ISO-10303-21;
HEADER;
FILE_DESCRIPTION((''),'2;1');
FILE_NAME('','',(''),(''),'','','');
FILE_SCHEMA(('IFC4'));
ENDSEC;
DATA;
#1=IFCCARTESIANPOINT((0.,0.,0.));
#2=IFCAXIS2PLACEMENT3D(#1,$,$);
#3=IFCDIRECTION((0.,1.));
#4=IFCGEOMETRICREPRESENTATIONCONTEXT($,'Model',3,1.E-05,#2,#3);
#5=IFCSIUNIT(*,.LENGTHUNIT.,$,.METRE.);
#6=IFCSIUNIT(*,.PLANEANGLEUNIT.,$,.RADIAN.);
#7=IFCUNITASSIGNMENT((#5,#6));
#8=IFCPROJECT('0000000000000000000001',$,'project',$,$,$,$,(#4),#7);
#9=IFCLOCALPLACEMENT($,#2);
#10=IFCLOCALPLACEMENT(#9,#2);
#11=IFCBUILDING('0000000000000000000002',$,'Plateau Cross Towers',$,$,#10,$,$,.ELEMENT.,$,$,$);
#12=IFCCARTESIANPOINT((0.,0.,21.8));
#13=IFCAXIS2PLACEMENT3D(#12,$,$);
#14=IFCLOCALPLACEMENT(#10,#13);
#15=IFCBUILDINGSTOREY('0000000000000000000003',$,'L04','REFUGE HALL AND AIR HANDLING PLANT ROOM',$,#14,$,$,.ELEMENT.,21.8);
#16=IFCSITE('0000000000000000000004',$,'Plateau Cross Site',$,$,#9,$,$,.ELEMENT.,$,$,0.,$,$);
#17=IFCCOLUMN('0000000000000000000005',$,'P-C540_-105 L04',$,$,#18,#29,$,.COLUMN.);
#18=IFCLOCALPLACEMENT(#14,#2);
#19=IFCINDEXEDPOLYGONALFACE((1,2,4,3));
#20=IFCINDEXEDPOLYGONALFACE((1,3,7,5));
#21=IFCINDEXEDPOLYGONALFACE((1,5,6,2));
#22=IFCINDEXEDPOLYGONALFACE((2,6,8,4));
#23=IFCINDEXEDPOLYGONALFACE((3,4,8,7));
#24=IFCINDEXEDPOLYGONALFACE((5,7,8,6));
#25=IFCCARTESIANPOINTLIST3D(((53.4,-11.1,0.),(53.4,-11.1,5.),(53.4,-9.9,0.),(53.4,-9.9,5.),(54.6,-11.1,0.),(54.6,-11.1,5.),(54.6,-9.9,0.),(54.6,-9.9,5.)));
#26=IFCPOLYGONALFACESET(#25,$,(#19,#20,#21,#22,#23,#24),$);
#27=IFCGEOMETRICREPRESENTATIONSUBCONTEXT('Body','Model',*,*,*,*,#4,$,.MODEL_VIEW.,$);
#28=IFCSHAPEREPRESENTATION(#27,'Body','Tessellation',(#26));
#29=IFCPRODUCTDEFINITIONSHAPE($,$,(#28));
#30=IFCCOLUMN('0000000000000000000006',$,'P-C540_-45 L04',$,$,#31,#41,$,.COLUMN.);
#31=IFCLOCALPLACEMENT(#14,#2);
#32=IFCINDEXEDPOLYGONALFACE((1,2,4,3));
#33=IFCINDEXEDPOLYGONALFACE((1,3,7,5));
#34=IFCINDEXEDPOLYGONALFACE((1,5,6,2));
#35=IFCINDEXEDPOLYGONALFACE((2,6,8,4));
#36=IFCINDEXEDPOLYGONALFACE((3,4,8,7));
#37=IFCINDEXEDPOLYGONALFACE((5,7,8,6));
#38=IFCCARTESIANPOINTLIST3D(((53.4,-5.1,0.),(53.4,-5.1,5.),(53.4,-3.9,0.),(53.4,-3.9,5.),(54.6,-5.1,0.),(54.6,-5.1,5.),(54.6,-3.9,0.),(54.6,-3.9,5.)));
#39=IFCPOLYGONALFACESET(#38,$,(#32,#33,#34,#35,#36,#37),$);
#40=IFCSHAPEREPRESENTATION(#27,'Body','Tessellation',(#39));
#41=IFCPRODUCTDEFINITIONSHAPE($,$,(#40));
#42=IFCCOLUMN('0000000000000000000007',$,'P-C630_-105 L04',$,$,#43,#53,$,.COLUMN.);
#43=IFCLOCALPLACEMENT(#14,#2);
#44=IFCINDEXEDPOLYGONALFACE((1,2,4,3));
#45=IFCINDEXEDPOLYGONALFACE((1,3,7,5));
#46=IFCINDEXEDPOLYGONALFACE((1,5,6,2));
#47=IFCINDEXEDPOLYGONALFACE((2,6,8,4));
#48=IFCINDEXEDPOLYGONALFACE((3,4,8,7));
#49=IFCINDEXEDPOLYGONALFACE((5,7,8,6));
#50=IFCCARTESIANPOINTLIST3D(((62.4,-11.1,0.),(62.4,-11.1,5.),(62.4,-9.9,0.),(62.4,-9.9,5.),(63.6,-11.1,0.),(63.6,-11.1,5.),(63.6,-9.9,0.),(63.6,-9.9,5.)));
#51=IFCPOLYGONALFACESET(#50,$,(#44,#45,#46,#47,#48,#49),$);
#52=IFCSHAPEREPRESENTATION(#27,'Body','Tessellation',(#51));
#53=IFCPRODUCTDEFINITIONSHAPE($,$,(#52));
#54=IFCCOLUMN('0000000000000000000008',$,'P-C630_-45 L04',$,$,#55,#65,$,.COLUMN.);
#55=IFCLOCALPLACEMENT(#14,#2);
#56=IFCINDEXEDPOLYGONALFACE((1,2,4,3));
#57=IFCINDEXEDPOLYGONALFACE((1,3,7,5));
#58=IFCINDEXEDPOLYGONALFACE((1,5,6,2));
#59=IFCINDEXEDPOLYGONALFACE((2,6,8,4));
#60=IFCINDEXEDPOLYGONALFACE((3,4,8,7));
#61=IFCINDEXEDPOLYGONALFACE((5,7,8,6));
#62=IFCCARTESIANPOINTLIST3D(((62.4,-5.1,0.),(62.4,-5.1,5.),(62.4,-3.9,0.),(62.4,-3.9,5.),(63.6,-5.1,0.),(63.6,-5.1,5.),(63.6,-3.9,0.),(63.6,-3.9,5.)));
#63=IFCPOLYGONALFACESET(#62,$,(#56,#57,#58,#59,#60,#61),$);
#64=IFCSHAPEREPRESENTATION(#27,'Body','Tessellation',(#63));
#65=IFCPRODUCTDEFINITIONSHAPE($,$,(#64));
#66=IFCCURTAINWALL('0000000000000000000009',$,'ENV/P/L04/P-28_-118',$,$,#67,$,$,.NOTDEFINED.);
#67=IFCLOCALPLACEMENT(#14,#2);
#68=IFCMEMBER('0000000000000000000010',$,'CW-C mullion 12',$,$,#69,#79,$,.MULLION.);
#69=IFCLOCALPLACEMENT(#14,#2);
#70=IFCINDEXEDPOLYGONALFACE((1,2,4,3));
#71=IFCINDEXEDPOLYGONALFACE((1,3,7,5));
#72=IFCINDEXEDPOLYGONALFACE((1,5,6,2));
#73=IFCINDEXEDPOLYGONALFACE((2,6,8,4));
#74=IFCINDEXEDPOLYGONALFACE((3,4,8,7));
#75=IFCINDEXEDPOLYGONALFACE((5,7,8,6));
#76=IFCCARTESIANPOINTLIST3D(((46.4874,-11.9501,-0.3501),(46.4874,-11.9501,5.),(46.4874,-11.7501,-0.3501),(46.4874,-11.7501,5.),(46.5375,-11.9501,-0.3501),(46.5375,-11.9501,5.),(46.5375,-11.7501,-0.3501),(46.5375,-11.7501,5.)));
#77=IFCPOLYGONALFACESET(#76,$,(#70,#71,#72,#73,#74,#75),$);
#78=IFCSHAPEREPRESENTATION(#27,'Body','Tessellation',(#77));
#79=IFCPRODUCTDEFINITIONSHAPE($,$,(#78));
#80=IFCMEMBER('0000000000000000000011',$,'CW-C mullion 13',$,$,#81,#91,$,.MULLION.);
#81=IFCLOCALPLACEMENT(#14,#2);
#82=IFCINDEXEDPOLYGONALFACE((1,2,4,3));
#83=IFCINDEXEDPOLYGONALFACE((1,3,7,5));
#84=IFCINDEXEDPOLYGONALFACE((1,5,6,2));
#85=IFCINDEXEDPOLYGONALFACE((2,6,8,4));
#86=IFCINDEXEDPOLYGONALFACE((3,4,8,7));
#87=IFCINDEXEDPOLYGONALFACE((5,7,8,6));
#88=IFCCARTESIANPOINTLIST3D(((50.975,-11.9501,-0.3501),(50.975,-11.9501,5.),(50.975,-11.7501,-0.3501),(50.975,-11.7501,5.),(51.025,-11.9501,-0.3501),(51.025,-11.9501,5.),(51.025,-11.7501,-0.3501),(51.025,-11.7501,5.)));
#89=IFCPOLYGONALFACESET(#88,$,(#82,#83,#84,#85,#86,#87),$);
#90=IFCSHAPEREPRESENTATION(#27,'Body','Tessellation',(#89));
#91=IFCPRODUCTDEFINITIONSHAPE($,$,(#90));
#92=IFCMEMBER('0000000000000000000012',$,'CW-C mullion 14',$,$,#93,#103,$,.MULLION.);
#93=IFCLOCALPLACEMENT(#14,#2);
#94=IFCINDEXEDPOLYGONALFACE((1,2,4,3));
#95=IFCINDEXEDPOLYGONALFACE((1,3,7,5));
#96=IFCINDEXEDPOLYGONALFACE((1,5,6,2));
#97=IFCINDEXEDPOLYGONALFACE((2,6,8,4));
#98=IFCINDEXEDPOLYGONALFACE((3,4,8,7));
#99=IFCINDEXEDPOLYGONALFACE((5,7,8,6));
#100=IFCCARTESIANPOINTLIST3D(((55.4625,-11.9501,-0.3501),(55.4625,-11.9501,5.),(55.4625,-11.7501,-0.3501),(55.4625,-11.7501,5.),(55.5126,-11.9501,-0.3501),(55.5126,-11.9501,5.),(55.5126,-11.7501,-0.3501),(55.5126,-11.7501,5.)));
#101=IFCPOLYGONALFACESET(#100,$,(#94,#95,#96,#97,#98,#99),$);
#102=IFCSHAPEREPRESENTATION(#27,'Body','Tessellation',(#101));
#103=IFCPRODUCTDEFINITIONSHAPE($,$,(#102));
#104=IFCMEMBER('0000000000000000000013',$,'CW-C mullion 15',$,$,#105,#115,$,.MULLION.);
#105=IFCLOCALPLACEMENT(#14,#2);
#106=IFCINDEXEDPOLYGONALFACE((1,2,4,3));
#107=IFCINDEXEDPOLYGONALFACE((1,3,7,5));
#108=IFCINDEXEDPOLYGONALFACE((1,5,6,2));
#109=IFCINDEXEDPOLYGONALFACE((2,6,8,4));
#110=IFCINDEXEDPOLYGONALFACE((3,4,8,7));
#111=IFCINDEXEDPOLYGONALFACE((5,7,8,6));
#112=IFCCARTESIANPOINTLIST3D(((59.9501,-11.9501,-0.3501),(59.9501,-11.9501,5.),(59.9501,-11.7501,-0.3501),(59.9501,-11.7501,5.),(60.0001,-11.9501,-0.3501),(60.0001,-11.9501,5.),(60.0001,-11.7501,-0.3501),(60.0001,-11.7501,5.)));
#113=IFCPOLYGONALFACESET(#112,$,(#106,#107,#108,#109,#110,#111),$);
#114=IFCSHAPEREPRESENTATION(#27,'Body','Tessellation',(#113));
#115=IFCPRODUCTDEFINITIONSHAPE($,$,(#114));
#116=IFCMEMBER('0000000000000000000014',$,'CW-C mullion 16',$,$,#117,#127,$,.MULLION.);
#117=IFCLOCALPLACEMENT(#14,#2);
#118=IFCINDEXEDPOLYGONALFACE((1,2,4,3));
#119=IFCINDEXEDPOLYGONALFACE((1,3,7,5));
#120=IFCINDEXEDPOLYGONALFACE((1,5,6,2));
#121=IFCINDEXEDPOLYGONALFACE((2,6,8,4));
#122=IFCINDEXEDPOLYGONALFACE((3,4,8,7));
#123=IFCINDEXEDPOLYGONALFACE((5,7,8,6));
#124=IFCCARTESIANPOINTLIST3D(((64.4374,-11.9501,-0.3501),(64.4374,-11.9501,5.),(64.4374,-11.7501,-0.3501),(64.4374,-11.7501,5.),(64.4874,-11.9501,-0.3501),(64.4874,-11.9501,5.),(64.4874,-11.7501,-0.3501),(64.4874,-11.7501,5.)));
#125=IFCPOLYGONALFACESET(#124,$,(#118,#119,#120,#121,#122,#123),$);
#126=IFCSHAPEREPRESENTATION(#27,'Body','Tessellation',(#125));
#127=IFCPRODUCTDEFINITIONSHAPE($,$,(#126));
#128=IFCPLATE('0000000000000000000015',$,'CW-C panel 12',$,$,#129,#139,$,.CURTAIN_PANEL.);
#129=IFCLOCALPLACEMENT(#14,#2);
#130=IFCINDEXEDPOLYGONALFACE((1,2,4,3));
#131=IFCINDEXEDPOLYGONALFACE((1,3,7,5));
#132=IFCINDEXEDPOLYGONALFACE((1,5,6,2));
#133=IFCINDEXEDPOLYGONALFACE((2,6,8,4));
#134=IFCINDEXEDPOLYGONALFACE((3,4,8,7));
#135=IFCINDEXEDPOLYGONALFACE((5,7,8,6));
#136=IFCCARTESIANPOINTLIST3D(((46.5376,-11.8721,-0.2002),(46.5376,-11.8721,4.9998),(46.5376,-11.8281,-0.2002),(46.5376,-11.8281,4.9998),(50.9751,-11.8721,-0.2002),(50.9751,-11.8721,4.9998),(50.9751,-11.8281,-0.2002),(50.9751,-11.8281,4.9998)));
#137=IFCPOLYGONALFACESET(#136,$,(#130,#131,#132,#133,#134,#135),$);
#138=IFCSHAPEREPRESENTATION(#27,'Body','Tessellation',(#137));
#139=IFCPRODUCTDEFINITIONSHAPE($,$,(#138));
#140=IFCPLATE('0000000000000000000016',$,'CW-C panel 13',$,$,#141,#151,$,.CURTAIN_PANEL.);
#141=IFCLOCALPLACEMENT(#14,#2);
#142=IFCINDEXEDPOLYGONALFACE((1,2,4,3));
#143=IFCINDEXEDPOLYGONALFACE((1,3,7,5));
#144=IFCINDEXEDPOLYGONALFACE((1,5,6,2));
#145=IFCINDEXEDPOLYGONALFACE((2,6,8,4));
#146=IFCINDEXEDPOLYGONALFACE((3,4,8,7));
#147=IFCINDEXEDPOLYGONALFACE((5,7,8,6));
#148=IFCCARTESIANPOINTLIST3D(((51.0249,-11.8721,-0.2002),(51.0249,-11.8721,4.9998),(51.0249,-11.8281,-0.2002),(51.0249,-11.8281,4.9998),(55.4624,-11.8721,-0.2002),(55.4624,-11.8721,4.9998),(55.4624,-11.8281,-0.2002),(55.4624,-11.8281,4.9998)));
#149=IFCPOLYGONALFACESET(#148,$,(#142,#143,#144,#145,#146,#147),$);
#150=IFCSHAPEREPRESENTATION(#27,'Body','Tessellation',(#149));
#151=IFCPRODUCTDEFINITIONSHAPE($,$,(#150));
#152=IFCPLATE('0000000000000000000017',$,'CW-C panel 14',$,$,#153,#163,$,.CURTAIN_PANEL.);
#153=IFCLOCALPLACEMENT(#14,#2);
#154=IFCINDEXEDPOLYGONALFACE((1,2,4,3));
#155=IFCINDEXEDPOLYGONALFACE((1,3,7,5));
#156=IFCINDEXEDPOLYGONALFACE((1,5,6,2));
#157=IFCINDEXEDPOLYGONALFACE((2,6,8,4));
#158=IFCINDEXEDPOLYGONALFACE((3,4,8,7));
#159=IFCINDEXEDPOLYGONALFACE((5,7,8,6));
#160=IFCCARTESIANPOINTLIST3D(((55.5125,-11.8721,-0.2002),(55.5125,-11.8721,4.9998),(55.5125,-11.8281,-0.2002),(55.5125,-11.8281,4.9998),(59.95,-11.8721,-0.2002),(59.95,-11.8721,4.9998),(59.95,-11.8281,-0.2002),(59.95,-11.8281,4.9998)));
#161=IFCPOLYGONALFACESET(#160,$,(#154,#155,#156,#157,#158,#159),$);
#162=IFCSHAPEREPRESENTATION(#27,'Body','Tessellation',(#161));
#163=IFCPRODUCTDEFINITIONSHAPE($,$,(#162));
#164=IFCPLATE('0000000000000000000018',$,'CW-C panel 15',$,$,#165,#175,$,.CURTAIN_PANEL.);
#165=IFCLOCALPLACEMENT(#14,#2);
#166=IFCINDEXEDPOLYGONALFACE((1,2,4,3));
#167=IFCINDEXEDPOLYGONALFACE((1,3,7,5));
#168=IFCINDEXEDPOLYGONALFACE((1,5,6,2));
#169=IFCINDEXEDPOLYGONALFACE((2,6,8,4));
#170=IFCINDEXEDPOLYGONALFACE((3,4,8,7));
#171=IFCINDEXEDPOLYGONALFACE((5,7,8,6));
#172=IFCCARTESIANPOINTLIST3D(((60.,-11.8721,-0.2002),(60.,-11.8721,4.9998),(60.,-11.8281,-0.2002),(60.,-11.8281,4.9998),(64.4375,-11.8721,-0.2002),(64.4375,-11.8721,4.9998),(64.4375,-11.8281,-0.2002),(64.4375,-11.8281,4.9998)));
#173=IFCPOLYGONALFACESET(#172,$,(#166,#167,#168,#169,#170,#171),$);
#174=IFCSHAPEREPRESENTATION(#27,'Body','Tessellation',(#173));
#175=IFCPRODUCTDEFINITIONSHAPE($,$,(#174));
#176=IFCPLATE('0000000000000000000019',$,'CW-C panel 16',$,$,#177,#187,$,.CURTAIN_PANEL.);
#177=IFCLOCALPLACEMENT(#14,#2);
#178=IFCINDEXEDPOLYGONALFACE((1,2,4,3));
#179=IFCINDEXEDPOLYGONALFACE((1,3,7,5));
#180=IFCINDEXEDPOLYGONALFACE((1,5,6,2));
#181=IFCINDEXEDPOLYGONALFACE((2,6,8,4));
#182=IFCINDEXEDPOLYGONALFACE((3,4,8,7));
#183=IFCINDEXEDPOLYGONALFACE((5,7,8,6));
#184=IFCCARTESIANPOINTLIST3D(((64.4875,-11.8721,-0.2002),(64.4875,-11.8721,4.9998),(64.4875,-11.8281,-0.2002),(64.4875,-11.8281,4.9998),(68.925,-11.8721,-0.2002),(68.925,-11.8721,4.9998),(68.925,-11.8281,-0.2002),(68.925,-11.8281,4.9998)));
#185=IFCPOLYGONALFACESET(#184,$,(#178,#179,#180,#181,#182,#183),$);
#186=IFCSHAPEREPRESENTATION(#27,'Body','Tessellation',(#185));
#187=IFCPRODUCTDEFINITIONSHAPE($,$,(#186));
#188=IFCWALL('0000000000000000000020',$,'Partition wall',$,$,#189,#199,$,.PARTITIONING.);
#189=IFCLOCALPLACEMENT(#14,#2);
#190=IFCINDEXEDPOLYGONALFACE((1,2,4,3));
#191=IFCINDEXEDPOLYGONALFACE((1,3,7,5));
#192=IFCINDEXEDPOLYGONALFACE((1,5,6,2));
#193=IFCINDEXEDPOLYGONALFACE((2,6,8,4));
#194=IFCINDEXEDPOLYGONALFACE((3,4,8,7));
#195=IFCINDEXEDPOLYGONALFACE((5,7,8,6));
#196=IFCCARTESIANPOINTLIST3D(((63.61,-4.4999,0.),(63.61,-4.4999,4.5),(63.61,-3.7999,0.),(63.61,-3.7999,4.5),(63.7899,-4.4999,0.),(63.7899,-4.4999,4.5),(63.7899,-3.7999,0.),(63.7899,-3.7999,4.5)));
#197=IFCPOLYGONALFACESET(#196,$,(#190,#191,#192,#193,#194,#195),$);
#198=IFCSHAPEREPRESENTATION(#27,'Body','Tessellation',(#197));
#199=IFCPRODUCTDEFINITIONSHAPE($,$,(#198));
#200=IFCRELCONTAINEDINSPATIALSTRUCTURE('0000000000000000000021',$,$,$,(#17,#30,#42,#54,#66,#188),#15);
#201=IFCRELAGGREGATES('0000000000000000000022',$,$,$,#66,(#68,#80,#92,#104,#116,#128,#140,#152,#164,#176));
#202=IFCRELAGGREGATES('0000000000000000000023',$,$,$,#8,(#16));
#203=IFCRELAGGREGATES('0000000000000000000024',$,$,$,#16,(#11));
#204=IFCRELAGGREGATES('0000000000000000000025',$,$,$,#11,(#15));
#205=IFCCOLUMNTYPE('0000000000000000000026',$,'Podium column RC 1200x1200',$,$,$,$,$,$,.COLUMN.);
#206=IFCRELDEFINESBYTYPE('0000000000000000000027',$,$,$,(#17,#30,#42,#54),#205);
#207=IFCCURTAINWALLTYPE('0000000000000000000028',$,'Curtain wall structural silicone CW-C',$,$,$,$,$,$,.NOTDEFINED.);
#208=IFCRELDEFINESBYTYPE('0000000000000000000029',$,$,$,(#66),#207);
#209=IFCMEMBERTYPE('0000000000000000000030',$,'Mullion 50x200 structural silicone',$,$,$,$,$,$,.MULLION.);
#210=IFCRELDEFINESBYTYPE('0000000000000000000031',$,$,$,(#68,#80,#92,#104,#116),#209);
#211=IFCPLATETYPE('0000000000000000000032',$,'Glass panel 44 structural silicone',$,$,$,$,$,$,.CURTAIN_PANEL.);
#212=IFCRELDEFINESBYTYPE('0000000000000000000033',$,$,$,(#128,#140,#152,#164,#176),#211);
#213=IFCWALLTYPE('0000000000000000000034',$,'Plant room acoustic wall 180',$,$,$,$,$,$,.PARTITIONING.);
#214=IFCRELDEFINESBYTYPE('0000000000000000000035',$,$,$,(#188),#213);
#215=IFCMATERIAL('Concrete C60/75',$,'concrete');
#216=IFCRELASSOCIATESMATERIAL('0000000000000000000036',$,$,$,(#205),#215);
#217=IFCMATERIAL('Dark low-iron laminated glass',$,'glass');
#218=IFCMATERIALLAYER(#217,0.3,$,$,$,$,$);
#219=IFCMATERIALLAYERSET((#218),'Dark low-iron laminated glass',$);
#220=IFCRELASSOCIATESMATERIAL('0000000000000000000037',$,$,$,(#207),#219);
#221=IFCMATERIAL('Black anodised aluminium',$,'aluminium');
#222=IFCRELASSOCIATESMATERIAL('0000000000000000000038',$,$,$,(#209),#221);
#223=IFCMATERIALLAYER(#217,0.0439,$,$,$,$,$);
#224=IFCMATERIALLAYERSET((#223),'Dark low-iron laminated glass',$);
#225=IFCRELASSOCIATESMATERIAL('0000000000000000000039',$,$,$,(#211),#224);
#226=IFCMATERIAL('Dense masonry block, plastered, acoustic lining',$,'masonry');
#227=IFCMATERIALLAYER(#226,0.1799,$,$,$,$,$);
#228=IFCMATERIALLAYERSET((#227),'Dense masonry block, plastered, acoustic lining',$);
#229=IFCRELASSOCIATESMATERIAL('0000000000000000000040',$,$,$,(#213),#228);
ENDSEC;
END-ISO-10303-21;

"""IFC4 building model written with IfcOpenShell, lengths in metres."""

from ifc_helpers import new_model, si_unit, direction, frame, frame_2d, origin, origin_2d, place, context, subcontext, project, spatial, rectangle, extrude, material, layer, layer_set, material_profile, profile_set, type_object, element, aggregate, save


model = new_model("IFC4")

# Units and contexts
model_context = context("Model", 3, precision=1e-05, world=origin(), true_north=direction((0.0, 1.0)))
body_context = subcontext(model_context, "Body", "Model", "MODEL_VIEW")
ifc_project = project(units=[si_unit("LENGTHUNIT", "METRE"), si_unit("PLANEANGLEUNIT", "RADIAN")], contexts=[model_context])

# Site, building, storey
site_placement = place(None, origin())
site = spatial("IfcSite", under=ifc_project, at=site_placement, Name="Plateau Cross Site", CompositionType="ELEMENT", RefElevation=0.0)
building_placement = place(site_placement, origin())
building = spatial("IfcBuilding", under=site, at=building_placement, Name="Plateau Cross Towers", CompositionType="ELEMENT")
storey_placement = place(building_placement, frame((0.0, 0.0, 21.8)))
storey = spatial("IfcBuildingStorey", under=building, at=storey_placement, Name="L04", Description="REFUGE HALL AND AIR HANDLING PLANT ROOM", CompositionType="ELEMENT", Elevation=21.8)

# Columns
ifc_material_1 = material(Name="Concrete C60/75", Category="concrete")
ifc_material_profile_1 = material_profile(ifc_material_1, rectangle(XDim=1.2, YDim=1.2, at=origin_2d()), Name="RC 1200x1200")
ifc_profile_set_1 = profile_set([ifc_material_profile_1], Name="Concrete C60/75")
column_type = type_object("IfcColumnType", Name="Podium column RC 1200x1200", PredefinedType="COLUMN", material=ifc_profile_set_1)
for number, where, z_axis, x_axis, name in (
    (1, (54.0, -10.5, 0.0), (0.0, 0.0, 1.0), (1.0, 0.0, 0.0), "P-C540_-105 L04"),
    (2, (54.0, -4.5, 0.0), (0.0, 0.0, 1.0), (1.0, 0.0, 0.0), "P-C540_-45 L04"),
    (3, (63.0, -10.5, 0.0), (0.0, 0.0, 1.0), (1.0, 0.0, 0.0), "P-C630_-105 L04"),
    (4, (63.0, -4.5, 0.0), (0.0, 0.0, 1.0), (1.0, 0.0, 0.0), "P-C630_-45 L04"),
):
    element("IfcColumn", number, at=place(storey_placement, frame(where, z_axis=z_axis, x_axis=x_axis)), inside=storey, type_object=column_type, Name=name, PredefinedType="COLUMN", context=body_context, shape_type="SweptSolid", body=[
        extrude(rectangle(XDim=1.2, YDim=1.2, at=origin_2d()), origin(), (0.0, 0.0, 1.0), 5.0),
    ])

# Curtain wall, members, plates
ifc_material_2 = material(Name="Dark low-iron laminated glass", Category="glass")
ifc_layer_1 = layer(ifc_material_2, 0.3)
ifc_layer_set_1 = layer_set([ifc_layer_1], Name="Dark low-iron laminated glass")
curtain_wall_type = type_object("IfcCurtainWallType", Name="Curtain wall structural silicone CW-C", PredefinedType="NOTDEFINED", material=ifc_layer_set_1)
curtain_wall_placement = place(storey_placement, origin())
curtain_wall = element("IfcCurtainWall", 5, at=curtain_wall_placement, inside=storey, type_object=curtain_wall_type, Name="ENV/P/L04/P-28_-118", PredefinedType="NOTDEFINED")
ifc_material_3 = material(Name="Black anodised aluminium", Category="aluminium")
ifc_material_profile_2 = material_profile(ifc_material_3, rectangle(XDim=0.05, YDim=0.2, at=origin_2d()), Name="MULLION 50x200")
ifc_profile_set_2 = profile_set([ifc_material_profile_2], Name="Black anodised aluminium")
member_type = type_object("IfcMemberType", Name="Mullion 50x200 structural silicone", PredefinedType="MULLION", material=ifc_profile_set_2)
member_1_placement = place(storey_placement, frame((46.5125, -11.8501, -0.3501), z_axis=(0.0, 0.0, 1.0), x_axis=(1.0, 0.0, 0.0)))
member_1 = element("IfcMember", 6, at=member_1_placement, type_object=member_type, Name="CW-C mullion 12", PredefinedType="MULLION", context=body_context, shape_type="SweptSolid", body=[
    extrude(rectangle(XDim=0.05, YDim=0.2, at=origin_2d()), origin(), (0.0, 0.0, 1.0), 5.3501),
])
member_2_placement = place(storey_placement, frame((51.0, -11.8501, -0.3501), z_axis=(0.0, 0.0, 1.0), x_axis=(1.0, 0.0, 0.0)))
member_2 = element("IfcMember", 7, at=member_2_placement, type_object=member_type, Name="CW-C mullion 13", PredefinedType="MULLION", context=body_context, shape_type="SweptSolid", body=[
    extrude(rectangle(XDim=0.05, YDim=0.2, at=origin_2d()), origin(), (0.0, 0.0, 1.0), 5.3501),
])
member_3_placement = place(storey_placement, frame((55.4875, -11.8501, -0.3501), z_axis=(0.0, 0.0, 1.0), x_axis=(1.0, 0.0, 0.0)))
member_3 = element("IfcMember", 8, at=member_3_placement, type_object=member_type, Name="CW-C mullion 14", PredefinedType="MULLION", context=body_context, shape_type="SweptSolid", body=[
    extrude(rectangle(XDim=0.05, YDim=0.2, at=origin_2d()), origin(), (0.0, 0.0, 1.0), 5.3501),
])
member_4_placement = place(storey_placement, frame((59.9751, -11.8501, -0.3501), z_axis=(0.0, 0.0, 1.0), x_axis=(1.0, 0.0, 0.0)))
member_4 = element("IfcMember", 9, at=member_4_placement, type_object=member_type, Name="CW-C mullion 15", PredefinedType="MULLION", context=body_context, shape_type="SweptSolid", body=[
    extrude(rectangle(XDim=0.05, YDim=0.2, at=origin_2d()), origin(), (0.0, 0.0, 1.0), 5.3501),
])
member_5_placement = place(storey_placement, frame((64.4624, -11.8501, -0.3501), z_axis=(0.0, 0.0, 1.0), x_axis=(1.0, 0.0, 0.0)))
member_5 = element("IfcMember", 10, at=member_5_placement, type_object=member_type, Name="CW-C mullion 16", PredefinedType="MULLION", context=body_context, shape_type="SweptSolid", body=[
    extrude(rectangle(XDim=0.05, YDim=0.2, at=origin_2d()), origin(), (0.0, 0.0, 1.0), 5.3501),
])
ifc_layer_2 = layer(ifc_material_2, 0.0439)
ifc_layer_set_2 = layer_set([ifc_layer_2], Name="Dark low-iron laminated glass")
plate_type = type_object("IfcPlateType", Name="Glass panel 44 structural silicone", PredefinedType="CURTAIN_PANEL", material=ifc_layer_set_2)
plate_1_placement = place(storey_placement, frame((48.7563, -11.8501, -0.2002), z_axis=(0.0, 0.0, 1.0), x_axis=(1.0, 0.0, 0.0)))
plate_1 = element("IfcPlate", 11, at=plate_1_placement, type_object=plate_type, Name="CW-C panel 12", PredefinedType="CURTAIN_PANEL", context=body_context, shape_type="SweptSolid", body=[
    extrude(rectangle(XDim=4.4375, YDim=0.0439, at=origin_2d()), origin(), (0.0, 0.0, 1.0), 5.2),
])
plate_2_placement = place(storey_placement, frame((53.2437, -11.8501, -0.2002), z_axis=(0.0, 0.0, 1.0), x_axis=(1.0, 0.0, 0.0)))
plate_2 = element("IfcPlate", 12, at=plate_2_placement, type_object=plate_type, Name="CW-C panel 13", PredefinedType="CURTAIN_PANEL", context=body_context, shape_type="SweptSolid", body=[
    extrude(rectangle(XDim=4.4375, YDim=0.0439, at=origin_2d()), origin(), (0.0, 0.0, 1.0), 5.2),
])
plate_3_placement = place(storey_placement, frame((57.7312, -11.8501, -0.2002), z_axis=(0.0, 0.0, 1.0), x_axis=(1.0, 0.0, 0.0)))
plate_3 = element("IfcPlate", 13, at=plate_3_placement, type_object=plate_type, Name="CW-C panel 14", PredefinedType="CURTAIN_PANEL", context=body_context, shape_type="SweptSolid", body=[
    extrude(rectangle(XDim=4.4375, YDim=0.0439, at=origin_2d()), origin(), (0.0, 0.0, 1.0), 5.2),
])
plate_4_placement = place(storey_placement, frame((62.2188, -11.8501, -0.2002), z_axis=(0.0, 0.0, 1.0), x_axis=(1.0, 0.0, 0.0)))
plate_4 = element("IfcPlate", 14, at=plate_4_placement, type_object=plate_type, Name="CW-C panel 15", PredefinedType="CURTAIN_PANEL", context=body_context, shape_type="SweptSolid", body=[
    extrude(rectangle(XDim=4.4375, YDim=0.0439, at=origin_2d()), origin(), (0.0, 0.0, 1.0), 5.2),
])
plate_5_placement = place(storey_placement, frame((66.7063, -11.8501, -0.2002), z_axis=(0.0, 0.0, 1.0), x_axis=(1.0, 0.0, 0.0)))
plate_5 = element("IfcPlate", 15, at=plate_5_placement, type_object=plate_type, Name="CW-C panel 16", PredefinedType="CURTAIN_PANEL", context=body_context, shape_type="SweptSolid", body=[
    extrude(rectangle(XDim=4.4375, YDim=0.0439, at=origin_2d()), origin(), (0.0, 0.0, 1.0), 5.2),
])
aggregate(curtain_wall, [member_1, member_2, member_3, member_4, member_5, plate_1, plate_2, plate_3, plate_4, plate_5])

# Wall
ifc_material_4 = material(Name="Dense masonry block, plastered, acoustic lining", Category="masonry")
ifc_layer_3 = layer(ifc_material_4, 0.1799)
ifc_layer_set_3 = layer_set([ifc_layer_3], Name="Dense masonry block, plastered, acoustic lining")
wall_type = type_object("IfcWallType", Name="Plant room acoustic wall 180", PredefinedType="PARTITIONING", material=ifc_layer_set_3)
wall_1_placement = place(storey_placement, frame((63.7, -4.5, 0.0), z_axis=(0.0, 0.0, 1.0), x_axis=(0.0, 1.0, 0.0)))
element("IfcWall", 16, at=wall_1_placement, inside=storey, type_object=wall_type, Name="Partition wall", PredefinedType="PARTITIONING", context=body_context, shape_type="SweptSolid", body=[
    extrude(rectangle(XDim=0.7, YDim=0.1799, at=frame_2d((0.3501, 0.0))), origin(), (0.0, 0.0, 1.0), 4.5),
])

save(model, "model.ifc")
